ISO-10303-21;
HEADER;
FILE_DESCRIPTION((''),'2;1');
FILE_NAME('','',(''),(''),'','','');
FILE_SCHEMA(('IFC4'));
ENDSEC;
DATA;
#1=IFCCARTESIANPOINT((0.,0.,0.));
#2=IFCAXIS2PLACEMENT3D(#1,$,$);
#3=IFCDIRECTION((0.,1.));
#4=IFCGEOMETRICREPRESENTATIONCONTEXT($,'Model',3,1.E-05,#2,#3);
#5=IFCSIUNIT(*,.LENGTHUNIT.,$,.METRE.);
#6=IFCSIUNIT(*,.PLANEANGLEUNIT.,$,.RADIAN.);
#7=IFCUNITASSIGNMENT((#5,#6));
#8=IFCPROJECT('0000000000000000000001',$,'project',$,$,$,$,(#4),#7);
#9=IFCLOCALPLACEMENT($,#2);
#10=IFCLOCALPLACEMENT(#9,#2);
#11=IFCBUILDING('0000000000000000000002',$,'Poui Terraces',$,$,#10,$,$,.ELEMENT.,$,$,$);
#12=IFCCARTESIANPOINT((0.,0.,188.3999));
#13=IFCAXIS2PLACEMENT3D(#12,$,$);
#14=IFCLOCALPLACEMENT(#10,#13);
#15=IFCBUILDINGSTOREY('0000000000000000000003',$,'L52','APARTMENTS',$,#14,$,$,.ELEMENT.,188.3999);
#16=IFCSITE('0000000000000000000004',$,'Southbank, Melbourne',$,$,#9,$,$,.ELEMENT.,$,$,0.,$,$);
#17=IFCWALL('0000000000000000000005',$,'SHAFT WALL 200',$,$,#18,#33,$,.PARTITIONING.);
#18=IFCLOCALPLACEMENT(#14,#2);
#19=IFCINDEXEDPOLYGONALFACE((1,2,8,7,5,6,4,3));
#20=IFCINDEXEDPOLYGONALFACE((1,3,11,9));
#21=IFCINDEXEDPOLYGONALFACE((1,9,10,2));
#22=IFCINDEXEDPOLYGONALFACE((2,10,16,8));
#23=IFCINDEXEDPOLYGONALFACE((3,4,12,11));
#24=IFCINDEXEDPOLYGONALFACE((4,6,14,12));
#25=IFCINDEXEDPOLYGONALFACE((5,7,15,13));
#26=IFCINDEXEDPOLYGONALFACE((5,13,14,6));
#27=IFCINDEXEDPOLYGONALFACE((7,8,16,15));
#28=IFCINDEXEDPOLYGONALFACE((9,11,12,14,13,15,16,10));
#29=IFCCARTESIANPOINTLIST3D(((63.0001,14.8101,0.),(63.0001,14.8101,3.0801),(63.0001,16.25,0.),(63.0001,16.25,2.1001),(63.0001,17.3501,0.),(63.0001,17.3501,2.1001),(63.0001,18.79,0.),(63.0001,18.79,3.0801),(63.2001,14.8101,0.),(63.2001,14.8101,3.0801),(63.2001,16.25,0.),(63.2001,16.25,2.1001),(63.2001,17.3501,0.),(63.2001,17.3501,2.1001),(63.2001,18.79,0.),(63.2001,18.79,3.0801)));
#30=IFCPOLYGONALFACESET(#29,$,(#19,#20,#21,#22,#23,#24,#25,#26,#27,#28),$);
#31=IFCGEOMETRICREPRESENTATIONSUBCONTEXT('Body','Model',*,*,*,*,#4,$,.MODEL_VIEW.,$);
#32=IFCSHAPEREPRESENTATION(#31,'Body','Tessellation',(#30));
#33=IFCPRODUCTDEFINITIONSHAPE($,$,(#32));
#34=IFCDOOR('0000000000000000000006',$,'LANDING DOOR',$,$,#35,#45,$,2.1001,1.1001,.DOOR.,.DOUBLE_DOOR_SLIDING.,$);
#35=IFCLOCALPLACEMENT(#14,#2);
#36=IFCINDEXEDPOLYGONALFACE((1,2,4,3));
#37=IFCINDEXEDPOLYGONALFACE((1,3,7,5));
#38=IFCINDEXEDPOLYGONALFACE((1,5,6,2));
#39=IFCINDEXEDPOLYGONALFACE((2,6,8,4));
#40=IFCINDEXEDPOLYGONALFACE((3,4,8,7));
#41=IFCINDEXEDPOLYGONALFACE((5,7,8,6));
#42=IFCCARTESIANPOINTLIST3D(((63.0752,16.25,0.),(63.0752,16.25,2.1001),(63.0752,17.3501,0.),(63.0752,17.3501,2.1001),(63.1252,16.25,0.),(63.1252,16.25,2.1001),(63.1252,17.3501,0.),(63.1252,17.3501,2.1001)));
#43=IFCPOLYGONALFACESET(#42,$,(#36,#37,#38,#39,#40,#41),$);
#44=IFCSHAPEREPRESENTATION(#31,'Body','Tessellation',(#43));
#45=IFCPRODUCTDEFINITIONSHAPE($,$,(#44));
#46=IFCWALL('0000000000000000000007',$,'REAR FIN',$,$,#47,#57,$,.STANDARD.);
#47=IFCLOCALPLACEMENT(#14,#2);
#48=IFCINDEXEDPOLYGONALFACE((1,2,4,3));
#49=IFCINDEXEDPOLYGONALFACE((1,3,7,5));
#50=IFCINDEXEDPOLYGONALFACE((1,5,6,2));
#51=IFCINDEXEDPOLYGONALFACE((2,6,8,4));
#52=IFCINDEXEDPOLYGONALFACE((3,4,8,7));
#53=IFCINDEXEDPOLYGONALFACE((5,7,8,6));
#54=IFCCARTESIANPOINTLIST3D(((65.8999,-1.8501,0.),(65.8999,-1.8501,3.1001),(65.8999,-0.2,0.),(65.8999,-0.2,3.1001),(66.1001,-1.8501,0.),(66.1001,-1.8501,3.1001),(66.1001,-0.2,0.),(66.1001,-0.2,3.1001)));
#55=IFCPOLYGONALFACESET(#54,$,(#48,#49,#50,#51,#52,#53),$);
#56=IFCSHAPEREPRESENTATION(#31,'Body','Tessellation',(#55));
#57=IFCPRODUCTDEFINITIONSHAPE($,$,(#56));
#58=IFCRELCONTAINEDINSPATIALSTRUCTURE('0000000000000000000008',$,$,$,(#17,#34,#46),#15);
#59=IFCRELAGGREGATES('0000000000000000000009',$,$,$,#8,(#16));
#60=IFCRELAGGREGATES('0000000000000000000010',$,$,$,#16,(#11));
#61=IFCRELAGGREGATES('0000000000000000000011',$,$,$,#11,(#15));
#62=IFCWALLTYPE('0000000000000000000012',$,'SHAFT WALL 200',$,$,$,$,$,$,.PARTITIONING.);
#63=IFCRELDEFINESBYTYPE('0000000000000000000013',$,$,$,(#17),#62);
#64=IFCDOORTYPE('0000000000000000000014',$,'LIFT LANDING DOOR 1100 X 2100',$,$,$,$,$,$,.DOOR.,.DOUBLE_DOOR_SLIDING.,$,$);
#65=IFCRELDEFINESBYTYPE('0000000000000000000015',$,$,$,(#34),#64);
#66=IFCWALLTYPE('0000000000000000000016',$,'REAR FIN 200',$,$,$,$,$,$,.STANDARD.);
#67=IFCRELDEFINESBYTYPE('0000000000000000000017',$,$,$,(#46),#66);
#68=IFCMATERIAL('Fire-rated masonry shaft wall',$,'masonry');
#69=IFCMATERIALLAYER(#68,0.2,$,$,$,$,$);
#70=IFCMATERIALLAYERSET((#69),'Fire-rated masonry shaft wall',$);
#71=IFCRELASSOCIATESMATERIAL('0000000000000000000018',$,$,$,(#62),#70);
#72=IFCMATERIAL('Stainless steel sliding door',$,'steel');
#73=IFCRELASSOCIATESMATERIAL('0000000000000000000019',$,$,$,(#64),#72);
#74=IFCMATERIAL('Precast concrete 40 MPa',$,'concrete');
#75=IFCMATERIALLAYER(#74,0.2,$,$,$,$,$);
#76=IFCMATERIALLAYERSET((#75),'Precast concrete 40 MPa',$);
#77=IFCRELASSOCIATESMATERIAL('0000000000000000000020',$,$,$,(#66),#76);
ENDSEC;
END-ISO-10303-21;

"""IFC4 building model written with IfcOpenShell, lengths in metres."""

from ifc_helpers import new_model, si_unit, direction, frame, frame_2d, origin, place, context, subcontext, project, spatial, polyline, rectangle, outline, extrude, source, transform, mapped, material, layer, layer_set, type_object, element, fill, save


model = new_model("IFC4")

# Units and contexts
model_context = context("Model", 3, precision=1e-05, world=origin(), true_north=direction((0.0, 1.0)))
body_context = subcontext(model_context, "Body", "Model", "MODEL_VIEW")
ifc_project = project(units=[si_unit("LENGTHUNIT", "METRE"), si_unit("PLANEANGLEUNIT", "RADIAN")], contexts=[model_context])

# Site, building, storey
site_placement = place(None, origin())
site = spatial("IfcSite", under=ifc_project, at=site_placement, Name="Southbank, Melbourne", CompositionType="ELEMENT", RefElevation=0.0)
building_placement = place(site_placement, origin())
building = spatial("IfcBuilding", under=site, at=building_placement, Name="Poui Terraces", CompositionType="ELEMENT")
storey_placement = place(building_placement, frame((0.0, 0.0, 188.3999)))
storey = spatial("IfcBuildingStorey", under=building, at=storey_placement, Name="L52", Description="APARTMENTS", CompositionType="ELEMENT", Elevation=188.3999)

# Shared definitions
ifc_material_1 = material(Name="Precast concrete 40 MPa", Category="concrete")

# Shared definitions
ifc_material_2 = material(Name="Fire-rated masonry shaft wall", Category="masonry")
ifc_layer_1 = layer(ifc_material_2, 0.2)
ifc_layer_set_1 = layer_set([ifc_layer_1], Name="Fire-rated masonry shaft wall")
wall_type_1 = type_object("IfcWallType", Name="SHAFT WALL 200", PredefinedType="PARTITIONING", material=ifc_layer_set_1)

# Wall, opening, door
wall_1_placement = place(storey_placement, frame((63.1001, 14.8101, 0.0), z_axis=(0.0, 0.0, 1.0), x_axis=(0.0, 1.0, 0.0)))
wall_1 = element("IfcWall", 1, at=wall_1_placement, inside=storey, type_object=wall_type_1, Name="SHAFT WALL 200", PredefinedType="PARTITIONING", context=body_context, shape_type="SweptSolid", body=[
    extrude(rectangle(XDim=3.98, YDim=0.2, at=frame_2d((1.99, 0.0))), origin(), (0.0, 0.0, 1.0), 3.0801),
])
opening_1_placement = place(wall_1_placement, frame((1.4399, 0.0, 0.0)))
opening_1 = element("IfcOpeningElement", 2, at=opening_1_placement, cuts=wall_1, PredefinedType="OPENING", context=body_context, shape_type="SweptSolid", body=[
    extrude(rectangle(XDim=1.1001, YDim=2.1001, at=frame_2d((0.55, 1.05))), frame((0.0, 0.1099, 0.0), z_axis=(0.0, -1.0, 0.0), x_axis=(1.0, 0.0, 0.0)), (0.0, 0.0, 1.0), 0.22),
])
ifc_material_3 = material(Name="Stainless steel sliding door", Category="steel")
door_type_1 = type_object("IfcDoorType", Name="LIFT LANDING DOOR 1100 X 2100", OperationType="DOUBLE_DOOR_SLIDING", PredefinedType="DOOR", material=ifc_material_3)
door_1_placement = place(opening_1_placement, origin())
door_1 = element("IfcDoor", 3, at=door_1_placement, inside=storey, type_object=door_type_1, Name="LANDING DOOR", OperationType="DOUBLE_DOOR_SLIDING", OverallHeight=2.1001, OverallWidth=1.1001, PredefinedType="DOOR", context=body_context, shape_type="SweptSolid", body=[
    extrude(rectangle(XDim=1.1001, YDim=2.1001, at=frame_2d((0.55, 1.05))), frame((0.0, 0.0249, 0.0), z_axis=(0.0, -1.0, 0.0), x_axis=(1.0, 0.0, 0.0)), (0.0, 0.0, 1.0), 0.05),
])
fill(opening_1, door_1)

# Wall
ifc_layer_2 = layer(ifc_material_1, 0.2)
ifc_layer_set_2 = layer_set([ifc_layer_2], Name="Precast concrete 40 MPa")
wall_type_2 = type_object("IfcWallType", Name="REAR FIN 200", PredefinedType="STANDARD", material=ifc_layer_set_2)
shared_shape_1 = source(origin(), body_context, "Body", "SweptSolid", [
    extrude(outline(polyline([(0.0, 0.0), (0.2002, 0.0), (0.2002, 1.6501), (0.0, 1.6501), (0.0, 0.0)])), origin(), (0.0, 0.0, 1.0), 3.1001),
])
wall_2_placement = place(storey_placement, frame((65.8999, -1.8501, 0.0)))
element("IfcWall", 4, at=wall_2_placement, inside=storey, type_object=wall_type_2, Name="REAR FIN", PredefinedType="STANDARD", context=body_context, shape_type="MappedRepresentation", body=[
    mapped(shared_shape_1, transform((0.0, 0.0, 0.0))),
])

save(model, "model.ifc")
